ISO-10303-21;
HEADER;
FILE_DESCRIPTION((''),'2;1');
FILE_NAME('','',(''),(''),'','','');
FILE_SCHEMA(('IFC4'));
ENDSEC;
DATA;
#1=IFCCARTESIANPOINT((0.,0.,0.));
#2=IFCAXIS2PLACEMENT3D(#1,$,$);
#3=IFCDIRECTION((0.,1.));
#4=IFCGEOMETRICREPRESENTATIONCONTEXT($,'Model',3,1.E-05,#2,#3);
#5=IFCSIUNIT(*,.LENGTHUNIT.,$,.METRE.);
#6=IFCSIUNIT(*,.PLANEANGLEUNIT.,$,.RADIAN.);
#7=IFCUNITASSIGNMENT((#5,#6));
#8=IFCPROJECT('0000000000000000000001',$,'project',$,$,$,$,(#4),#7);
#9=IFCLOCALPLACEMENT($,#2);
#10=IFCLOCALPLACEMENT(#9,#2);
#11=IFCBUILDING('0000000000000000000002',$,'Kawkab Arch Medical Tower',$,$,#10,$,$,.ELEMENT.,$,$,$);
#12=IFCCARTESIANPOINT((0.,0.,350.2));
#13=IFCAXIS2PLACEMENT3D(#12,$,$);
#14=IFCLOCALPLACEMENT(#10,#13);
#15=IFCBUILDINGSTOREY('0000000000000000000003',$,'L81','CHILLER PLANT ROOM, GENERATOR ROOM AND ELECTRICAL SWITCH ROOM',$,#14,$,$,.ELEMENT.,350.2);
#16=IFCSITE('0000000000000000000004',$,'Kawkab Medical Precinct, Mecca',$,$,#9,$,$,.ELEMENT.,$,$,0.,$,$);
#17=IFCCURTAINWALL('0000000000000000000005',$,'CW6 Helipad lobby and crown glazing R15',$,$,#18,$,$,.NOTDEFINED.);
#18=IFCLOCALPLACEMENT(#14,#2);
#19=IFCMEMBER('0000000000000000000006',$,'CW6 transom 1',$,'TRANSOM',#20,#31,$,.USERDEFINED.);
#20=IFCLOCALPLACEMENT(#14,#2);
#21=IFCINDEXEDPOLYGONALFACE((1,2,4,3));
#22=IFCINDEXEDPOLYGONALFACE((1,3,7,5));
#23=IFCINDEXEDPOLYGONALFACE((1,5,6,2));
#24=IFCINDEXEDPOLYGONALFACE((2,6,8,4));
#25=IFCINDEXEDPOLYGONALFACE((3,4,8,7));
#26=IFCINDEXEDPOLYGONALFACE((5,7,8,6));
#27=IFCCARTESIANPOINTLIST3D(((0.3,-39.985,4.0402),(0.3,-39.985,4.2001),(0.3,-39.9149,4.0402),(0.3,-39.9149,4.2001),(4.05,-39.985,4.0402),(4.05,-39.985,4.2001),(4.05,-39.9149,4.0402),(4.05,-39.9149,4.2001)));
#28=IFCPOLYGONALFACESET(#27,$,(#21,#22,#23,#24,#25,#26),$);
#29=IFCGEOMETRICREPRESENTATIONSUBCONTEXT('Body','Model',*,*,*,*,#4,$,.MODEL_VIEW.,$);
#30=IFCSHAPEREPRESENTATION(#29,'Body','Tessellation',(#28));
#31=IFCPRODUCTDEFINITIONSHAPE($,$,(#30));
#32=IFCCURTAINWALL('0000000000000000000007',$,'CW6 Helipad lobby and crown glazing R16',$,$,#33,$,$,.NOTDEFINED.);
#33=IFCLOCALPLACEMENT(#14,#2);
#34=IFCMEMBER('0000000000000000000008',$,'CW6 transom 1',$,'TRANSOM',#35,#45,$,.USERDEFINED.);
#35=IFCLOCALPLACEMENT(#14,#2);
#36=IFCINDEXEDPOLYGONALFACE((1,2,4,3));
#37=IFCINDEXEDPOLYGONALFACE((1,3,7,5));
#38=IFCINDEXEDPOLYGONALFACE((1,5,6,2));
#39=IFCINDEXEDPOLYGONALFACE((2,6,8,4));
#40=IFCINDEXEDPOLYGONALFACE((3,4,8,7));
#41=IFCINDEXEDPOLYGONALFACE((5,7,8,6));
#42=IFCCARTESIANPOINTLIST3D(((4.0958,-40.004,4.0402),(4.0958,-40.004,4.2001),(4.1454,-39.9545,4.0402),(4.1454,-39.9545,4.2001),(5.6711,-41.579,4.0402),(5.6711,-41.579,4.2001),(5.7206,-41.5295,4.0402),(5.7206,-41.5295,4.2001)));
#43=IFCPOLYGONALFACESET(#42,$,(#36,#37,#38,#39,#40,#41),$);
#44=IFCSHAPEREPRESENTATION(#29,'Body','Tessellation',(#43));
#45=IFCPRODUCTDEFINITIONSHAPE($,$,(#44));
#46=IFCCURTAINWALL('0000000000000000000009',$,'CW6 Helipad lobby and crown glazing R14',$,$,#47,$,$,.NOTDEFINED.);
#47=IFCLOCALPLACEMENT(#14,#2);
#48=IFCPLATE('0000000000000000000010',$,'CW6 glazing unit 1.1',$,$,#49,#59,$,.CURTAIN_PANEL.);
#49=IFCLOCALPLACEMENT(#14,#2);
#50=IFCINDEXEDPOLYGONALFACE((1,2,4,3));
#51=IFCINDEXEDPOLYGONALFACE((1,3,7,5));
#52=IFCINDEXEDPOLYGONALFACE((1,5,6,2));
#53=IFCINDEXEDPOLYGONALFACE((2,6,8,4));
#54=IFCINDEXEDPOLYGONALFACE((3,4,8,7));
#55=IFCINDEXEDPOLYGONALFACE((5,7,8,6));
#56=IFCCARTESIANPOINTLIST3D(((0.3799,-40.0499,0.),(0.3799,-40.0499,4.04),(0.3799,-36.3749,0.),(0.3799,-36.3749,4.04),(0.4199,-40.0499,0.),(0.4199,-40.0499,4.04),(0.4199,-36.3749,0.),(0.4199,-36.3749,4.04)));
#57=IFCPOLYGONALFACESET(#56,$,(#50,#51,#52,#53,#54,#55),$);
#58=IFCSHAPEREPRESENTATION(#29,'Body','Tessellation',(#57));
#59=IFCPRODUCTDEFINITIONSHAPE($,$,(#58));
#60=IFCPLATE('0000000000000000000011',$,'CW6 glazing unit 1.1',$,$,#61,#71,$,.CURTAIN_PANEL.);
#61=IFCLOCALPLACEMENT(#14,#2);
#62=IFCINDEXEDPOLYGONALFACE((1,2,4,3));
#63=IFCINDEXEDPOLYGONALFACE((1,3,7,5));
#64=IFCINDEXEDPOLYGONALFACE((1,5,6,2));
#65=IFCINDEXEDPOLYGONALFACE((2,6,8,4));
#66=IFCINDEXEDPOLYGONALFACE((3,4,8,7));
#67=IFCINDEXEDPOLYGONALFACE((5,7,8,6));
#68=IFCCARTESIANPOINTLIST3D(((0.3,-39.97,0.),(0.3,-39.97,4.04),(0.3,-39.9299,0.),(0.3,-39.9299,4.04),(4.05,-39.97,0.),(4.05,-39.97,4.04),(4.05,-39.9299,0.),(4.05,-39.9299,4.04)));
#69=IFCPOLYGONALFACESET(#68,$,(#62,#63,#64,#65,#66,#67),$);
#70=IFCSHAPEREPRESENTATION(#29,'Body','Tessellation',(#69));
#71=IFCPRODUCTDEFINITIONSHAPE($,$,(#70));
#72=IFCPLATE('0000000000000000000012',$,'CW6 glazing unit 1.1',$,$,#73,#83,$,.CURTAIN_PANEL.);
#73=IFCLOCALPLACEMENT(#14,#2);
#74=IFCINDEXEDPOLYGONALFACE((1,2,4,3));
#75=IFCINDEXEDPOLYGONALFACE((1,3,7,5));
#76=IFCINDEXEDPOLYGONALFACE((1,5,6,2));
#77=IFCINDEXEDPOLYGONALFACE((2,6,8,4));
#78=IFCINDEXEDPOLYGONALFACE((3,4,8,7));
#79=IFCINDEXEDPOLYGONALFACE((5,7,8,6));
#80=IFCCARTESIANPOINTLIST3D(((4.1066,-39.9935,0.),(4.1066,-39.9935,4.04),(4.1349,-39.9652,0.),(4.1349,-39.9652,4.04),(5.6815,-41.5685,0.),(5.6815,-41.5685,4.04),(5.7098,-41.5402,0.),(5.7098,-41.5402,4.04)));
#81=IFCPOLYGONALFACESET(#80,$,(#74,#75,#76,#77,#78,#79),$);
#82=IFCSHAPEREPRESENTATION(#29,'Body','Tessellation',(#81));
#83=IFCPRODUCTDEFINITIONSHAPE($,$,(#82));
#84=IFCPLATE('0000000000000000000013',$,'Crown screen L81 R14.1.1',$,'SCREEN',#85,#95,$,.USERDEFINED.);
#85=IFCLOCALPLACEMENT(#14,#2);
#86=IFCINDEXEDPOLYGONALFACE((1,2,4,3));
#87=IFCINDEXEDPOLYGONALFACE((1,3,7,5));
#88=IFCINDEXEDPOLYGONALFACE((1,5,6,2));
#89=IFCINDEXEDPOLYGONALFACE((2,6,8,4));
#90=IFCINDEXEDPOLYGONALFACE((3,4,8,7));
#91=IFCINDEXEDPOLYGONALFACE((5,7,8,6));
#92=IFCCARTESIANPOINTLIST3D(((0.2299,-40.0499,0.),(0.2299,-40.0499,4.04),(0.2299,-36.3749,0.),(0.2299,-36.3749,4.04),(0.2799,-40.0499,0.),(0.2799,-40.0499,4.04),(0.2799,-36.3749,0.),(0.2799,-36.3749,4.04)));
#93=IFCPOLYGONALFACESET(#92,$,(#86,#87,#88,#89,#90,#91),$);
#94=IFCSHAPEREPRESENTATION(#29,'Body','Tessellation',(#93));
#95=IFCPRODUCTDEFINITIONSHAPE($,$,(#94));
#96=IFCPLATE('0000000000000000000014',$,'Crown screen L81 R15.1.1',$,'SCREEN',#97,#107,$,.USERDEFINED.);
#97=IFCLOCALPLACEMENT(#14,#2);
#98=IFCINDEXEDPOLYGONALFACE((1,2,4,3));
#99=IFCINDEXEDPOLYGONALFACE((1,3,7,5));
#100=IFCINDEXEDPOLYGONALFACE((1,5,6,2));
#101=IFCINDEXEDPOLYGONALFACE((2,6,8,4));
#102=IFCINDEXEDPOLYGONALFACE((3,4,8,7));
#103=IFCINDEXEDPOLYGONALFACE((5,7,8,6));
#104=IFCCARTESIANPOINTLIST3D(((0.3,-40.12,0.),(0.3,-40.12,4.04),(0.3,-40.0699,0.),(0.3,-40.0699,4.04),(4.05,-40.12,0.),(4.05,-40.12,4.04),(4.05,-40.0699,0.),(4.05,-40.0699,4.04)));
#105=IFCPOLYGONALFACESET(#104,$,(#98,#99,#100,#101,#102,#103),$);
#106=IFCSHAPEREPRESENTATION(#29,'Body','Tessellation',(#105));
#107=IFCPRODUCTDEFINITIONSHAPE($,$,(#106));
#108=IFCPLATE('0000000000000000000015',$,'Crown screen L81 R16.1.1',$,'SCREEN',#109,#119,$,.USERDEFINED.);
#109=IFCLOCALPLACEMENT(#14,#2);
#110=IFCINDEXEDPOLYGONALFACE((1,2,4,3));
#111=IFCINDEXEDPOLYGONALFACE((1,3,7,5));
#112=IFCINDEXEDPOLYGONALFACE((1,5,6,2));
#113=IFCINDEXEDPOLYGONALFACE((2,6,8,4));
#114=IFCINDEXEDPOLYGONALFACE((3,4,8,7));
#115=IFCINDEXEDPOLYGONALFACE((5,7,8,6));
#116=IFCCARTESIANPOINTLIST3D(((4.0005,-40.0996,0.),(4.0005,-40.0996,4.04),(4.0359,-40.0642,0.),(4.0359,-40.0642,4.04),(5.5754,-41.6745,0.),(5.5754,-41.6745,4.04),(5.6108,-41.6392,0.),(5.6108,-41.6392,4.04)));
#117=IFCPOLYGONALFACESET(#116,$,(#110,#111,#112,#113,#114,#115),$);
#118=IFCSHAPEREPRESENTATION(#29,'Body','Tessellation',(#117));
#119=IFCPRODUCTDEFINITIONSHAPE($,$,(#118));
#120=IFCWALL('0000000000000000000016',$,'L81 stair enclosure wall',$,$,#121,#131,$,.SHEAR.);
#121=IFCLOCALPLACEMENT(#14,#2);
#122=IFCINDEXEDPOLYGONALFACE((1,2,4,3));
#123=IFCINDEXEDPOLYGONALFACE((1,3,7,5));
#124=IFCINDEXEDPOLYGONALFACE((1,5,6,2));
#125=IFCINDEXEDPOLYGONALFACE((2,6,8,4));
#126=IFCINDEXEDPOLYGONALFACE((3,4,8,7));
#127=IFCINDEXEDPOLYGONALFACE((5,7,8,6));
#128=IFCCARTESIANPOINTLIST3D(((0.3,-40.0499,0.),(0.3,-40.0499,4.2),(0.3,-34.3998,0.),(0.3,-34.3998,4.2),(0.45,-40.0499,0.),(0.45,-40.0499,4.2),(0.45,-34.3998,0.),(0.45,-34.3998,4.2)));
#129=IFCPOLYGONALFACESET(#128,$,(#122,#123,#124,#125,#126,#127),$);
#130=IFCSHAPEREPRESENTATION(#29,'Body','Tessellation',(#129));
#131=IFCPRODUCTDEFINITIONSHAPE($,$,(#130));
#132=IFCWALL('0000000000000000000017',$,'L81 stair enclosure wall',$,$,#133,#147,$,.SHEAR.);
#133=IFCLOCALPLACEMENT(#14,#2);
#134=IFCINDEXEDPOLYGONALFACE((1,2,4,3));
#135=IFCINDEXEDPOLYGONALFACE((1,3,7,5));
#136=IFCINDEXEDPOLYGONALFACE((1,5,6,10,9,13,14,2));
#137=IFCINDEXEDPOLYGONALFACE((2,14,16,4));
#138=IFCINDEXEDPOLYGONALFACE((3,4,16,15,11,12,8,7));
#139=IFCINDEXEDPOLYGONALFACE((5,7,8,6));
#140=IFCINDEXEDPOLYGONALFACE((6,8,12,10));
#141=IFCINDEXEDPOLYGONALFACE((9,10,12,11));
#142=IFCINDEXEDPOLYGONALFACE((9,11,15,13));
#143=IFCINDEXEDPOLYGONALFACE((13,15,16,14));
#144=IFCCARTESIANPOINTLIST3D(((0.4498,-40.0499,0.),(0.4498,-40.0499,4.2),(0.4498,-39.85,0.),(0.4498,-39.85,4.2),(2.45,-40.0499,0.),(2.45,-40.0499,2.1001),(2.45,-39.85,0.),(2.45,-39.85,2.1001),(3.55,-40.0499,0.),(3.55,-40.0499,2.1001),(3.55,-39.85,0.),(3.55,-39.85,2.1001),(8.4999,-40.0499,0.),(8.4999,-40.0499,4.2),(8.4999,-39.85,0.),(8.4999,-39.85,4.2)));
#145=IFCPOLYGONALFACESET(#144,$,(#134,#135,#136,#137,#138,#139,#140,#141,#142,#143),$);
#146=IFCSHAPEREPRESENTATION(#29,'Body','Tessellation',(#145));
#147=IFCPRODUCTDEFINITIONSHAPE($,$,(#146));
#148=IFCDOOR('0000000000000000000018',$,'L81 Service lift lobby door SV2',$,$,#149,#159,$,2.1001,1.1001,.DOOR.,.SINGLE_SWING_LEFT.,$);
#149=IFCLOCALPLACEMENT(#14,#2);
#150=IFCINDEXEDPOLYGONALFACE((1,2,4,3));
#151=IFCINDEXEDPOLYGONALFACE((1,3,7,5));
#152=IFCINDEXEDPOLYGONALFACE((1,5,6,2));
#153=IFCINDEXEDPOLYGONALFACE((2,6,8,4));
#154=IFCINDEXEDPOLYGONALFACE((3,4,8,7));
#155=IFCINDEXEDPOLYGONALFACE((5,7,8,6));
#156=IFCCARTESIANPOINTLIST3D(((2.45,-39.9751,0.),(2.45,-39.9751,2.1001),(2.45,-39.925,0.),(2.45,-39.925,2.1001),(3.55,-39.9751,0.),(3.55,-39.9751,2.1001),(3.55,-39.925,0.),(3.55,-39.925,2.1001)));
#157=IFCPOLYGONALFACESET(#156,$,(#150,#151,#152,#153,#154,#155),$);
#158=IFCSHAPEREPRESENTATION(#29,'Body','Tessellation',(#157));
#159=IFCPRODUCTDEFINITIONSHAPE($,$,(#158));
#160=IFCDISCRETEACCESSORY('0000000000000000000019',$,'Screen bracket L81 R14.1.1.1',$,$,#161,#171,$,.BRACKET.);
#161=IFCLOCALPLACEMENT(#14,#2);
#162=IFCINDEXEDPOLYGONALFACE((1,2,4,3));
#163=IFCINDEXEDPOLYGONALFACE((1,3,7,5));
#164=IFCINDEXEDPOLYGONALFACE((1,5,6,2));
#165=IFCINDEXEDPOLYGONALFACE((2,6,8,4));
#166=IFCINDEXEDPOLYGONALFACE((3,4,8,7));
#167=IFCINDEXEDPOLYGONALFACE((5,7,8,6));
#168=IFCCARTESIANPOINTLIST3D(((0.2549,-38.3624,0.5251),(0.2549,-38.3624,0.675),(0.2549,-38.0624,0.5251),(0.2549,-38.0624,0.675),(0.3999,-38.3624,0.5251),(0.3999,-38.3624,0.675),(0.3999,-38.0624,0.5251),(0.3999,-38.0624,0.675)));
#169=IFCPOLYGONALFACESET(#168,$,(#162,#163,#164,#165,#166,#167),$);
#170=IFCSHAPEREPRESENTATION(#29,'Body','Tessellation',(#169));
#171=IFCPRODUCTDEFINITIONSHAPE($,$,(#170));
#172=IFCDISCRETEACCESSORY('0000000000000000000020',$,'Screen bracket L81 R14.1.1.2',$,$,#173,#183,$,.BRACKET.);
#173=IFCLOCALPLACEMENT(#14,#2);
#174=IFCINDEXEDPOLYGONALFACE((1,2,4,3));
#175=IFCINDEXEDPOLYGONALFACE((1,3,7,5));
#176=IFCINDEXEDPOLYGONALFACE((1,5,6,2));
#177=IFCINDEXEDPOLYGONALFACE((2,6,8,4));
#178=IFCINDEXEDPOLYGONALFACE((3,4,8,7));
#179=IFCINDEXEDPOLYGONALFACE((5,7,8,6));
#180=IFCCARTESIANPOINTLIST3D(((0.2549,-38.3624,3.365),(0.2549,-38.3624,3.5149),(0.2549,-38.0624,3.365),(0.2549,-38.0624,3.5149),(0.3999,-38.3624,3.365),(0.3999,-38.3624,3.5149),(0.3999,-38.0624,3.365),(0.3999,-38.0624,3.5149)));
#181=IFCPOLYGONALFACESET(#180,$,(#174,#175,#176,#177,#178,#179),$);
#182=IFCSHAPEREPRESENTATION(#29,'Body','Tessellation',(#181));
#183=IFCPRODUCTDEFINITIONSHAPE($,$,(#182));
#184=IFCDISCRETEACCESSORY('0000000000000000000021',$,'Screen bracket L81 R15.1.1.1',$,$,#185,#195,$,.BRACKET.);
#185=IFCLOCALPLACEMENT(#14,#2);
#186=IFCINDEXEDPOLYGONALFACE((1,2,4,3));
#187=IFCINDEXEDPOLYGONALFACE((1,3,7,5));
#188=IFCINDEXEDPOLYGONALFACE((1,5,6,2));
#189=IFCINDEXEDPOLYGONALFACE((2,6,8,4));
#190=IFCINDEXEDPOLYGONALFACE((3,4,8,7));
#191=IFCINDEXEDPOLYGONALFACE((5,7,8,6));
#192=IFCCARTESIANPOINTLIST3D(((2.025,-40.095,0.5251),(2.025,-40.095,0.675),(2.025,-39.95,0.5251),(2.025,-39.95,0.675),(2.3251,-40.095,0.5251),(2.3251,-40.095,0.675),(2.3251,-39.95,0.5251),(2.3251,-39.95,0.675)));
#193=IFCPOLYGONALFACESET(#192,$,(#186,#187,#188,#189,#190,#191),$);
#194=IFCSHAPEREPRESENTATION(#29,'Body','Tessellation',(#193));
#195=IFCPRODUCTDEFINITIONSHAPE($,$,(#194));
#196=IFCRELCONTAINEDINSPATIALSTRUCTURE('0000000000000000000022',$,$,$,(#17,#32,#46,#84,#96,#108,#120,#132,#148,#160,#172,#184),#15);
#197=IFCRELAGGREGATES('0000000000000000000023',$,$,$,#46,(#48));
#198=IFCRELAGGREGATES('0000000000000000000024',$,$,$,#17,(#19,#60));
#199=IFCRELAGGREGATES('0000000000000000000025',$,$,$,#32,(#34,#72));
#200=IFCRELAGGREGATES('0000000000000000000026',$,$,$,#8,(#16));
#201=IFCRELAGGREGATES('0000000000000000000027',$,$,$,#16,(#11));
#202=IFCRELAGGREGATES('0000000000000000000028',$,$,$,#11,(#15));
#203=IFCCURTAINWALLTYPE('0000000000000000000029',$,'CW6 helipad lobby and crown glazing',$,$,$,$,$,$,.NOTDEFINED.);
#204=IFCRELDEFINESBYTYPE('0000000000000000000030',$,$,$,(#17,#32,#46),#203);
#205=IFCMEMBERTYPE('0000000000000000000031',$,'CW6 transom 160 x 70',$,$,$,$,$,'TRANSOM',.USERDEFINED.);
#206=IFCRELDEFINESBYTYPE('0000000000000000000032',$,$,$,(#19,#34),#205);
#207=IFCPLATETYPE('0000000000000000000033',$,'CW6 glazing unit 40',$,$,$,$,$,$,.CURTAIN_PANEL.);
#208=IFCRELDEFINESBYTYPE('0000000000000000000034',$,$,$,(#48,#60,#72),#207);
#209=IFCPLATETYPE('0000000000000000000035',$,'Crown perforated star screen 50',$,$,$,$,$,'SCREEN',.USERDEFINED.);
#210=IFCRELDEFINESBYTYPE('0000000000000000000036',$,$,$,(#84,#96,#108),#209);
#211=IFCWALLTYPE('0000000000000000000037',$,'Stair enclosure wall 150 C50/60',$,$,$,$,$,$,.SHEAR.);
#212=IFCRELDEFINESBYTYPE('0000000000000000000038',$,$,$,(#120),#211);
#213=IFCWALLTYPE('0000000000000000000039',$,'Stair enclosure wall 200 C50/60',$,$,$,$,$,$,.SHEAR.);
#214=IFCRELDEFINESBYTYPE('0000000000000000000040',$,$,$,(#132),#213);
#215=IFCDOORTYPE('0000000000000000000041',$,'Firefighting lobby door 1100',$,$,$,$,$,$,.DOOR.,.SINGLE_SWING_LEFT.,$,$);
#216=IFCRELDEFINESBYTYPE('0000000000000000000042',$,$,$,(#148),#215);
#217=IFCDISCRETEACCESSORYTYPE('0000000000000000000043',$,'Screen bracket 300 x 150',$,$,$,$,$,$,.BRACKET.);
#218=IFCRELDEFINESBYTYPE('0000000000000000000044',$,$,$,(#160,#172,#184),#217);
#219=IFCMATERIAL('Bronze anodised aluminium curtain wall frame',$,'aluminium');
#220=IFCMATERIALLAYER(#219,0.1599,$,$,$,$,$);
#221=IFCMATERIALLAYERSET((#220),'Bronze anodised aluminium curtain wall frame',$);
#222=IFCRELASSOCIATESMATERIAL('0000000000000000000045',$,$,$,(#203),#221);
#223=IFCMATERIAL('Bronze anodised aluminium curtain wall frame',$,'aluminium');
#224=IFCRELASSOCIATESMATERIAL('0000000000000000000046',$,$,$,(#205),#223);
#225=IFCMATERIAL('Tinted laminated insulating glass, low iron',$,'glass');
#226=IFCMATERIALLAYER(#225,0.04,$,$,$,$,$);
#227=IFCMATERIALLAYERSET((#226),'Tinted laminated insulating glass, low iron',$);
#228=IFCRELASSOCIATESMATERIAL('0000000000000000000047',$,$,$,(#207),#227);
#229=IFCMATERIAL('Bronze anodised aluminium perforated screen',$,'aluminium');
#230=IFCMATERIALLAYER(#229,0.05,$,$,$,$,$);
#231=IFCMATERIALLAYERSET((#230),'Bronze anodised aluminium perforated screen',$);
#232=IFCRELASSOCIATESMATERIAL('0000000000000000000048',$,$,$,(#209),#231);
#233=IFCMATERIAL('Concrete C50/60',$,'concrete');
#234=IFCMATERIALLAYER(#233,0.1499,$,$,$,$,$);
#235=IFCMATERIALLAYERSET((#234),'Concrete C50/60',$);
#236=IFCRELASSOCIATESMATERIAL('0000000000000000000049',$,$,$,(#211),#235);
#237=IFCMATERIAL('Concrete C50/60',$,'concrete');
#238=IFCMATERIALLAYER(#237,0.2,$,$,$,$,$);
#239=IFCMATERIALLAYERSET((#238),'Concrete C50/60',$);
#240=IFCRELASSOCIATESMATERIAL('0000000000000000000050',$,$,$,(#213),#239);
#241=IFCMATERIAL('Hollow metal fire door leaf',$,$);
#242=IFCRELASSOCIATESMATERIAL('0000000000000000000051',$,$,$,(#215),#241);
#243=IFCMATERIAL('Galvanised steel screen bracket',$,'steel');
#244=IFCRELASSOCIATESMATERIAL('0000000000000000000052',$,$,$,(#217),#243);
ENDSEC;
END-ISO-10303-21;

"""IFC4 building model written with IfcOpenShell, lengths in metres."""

from ifc_helpers import new_model, si_unit, direction, frame, frame_2d, origin, origin_2d, place, context, subcontext, project, spatial, rectangle, extrude, material, layer, layer_set, material_profile, profile_set, type_object, element, fill, aggregate, save


model = new_model("IFC4")

# Units and contexts
model_context = context("Model", 3, precision=1e-05, world=origin(), true_north=direction((0.0, 1.0)))
body_context = subcontext(model_context, "Body", "Model", "MODEL_VIEW")
ifc_project = project(units=[si_unit("LENGTHUNIT", "METRE"), si_unit("PLANEANGLEUNIT", "RADIAN")], contexts=[model_context])

# Site, building, storey
site_placement = place(None, origin())
site = spatial("IfcSite", under=ifc_project, at=site_placement, Name="Kawkab Medical Precinct, Mecca", CompositionType="ELEMENT", RefElevation=0.0)
building_placement = place(site_placement, origin())
building = spatial("IfcBuilding", under=site, at=building_placement, Name="Kawkab Arch Medical Tower", CompositionType="ELEMENT")
storey_placement = place(building_placement, frame((0.0, 0.0, 350.2)))
storey = spatial("IfcBuildingStorey", under=building, at=storey_placement, Name="L81", Description="CHILLER PLANT ROOM, GENERATOR ROOM AND ELECTRICAL SWITCH ROOM", CompositionType="ELEMENT", Elevation=350.2)

# Curtain walls, members
ifc_material_1 = material(Name="Bronze anodised aluminium curtain wall frame", Category="aluminium")
ifc_layer_1 = layer(ifc_material_1, 0.1599)
ifc_layer_set_1 = layer_set([ifc_layer_1], Name="Bronze anodised aluminium curtain wall frame")
curtain_wall_type = type_object("IfcCurtainWallType", Name="CW6 helipad lobby and crown glazing", PredefinedType="NOTDEFINED", material=ifc_layer_set_1)
placement = place(storey_placement, origin())
curtain_wall_1 = element("IfcCurtainWall", 1, at=placement, inside=storey, type_object=curtain_wall_type, Name="CW6 Helipad lobby and crown glazing R15", PredefinedType="NOTDEFINED")
ifc_material_2 = material(Name="Bronze anodised aluminium curtain wall frame", Category="aluminium")
ifc_material_profile = material_profile(ifc_material_2, rectangle(XDim=0.0701, YDim=0.1599, at=origin_2d()), Name="AL 70x160")
ifc_profile_set = profile_set([ifc_material_profile], Name="Bronze anodised aluminium curtain wall frame")
member_type = type_object("IfcMemberType", Name="CW6 transom 160 x 70", ElementType="TRANSOM", PredefinedType="USERDEFINED", material=ifc_profile_set)
member_1_placement = place(storey_placement, frame((0.3, -39.95, 4.1201), z_axis=(1.0, 0.0, 0.0), x_axis=(0.0, 1.0, 0.0)))
member_1 = element("IfcMember", 2, at=member_1_placement, type_object=member_type, Name="CW6 transom 1", ObjectType="TRANSOM", PredefinedType="USERDEFINED", context=body_context, shape_type="SweptSolid", body=[
    extrude(rectangle(XDim=0.0701, YDim=0.1599, at=origin_2d()), origin(), (0.0, 0.0, 1.0), 3.75),
])
curtain_wall_2 = element("IfcCurtainWall", 3, at=placement, inside=storey, type_object=curtain_wall_type, Name="CW6 Helipad lobby and crown glazing R16", PredefinedType="NOTDEFINED")
member_2_placement = place(storey_placement, frame((4.1206, -39.9792, 4.1201), z_axis=(0.707162, -0.707052, 0.0), x_axis=(0.707052, 0.707162, 0.0)))
member_2 = element("IfcMember", 4, at=member_2_placement, type_object=member_type, Name="CW6 transom 1", ObjectType="TRANSOM", PredefinedType="USERDEFINED", context=body_context, shape_type="SweptSolid", body=[
    extrude(rectangle(XDim=0.0701, YDim=0.1599, at=origin_2d()), origin(), (0.0, 0.0, 1.0), 2.2275),
])

# Curtain wall, plate
curtain_wall_3 = element("IfcCurtainWall", 5, at=placement, inside=storey, type_object=curtain_wall_type, Name="CW6 Helipad lobby and crown glazing R14", PredefinedType="NOTDEFINED")
ifc_material_3 = material(Name="Tinted laminated insulating glass, low iron", Category="glass")
ifc_layer_2 = layer(ifc_material_3, 0.04)
ifc_layer_set_2 = layer_set([ifc_layer_2], Name="Tinted laminated insulating glass, low iron")
plate_type_1 = type_object("IfcPlateType", Name="CW6 glazing unit 40", PredefinedType="CURTAIN_PANEL", material=ifc_layer_set_2)
plate_1_placement = place(storey_placement, frame((0.3999, -38.2124, 0.0), z_axis=(0.0, 0.0, 1.0), x_axis=(0.0, -1.0, 0.0)))
plate_1 = element("IfcPlate", 6, at=plate_1_placement, type_object=plate_type_1, Name="CW6 glazing unit 1.1", PredefinedType="CURTAIN_PANEL", context=body_context, shape_type="SweptSolid", body=[
    extrude(rectangle(XDim=3.675, YDim=0.04, at=origin_2d()), origin(), (0.0, 0.0, 1.0), 4.04),
])
aggregate(curtain_wall_3, [plate_1])

# Plates
plate_2_placement = place(storey_placement, frame((2.175, -39.95, 0.0), z_axis=(0.0, 0.0, 1.0), x_axis=(1.0, 0.0, 0.0)))
plate_2 = element("IfcPlate", 7, at=plate_2_placement, type_object=plate_type_1, Name="CW6 glazing unit 1.1", PredefinedType="CURTAIN_PANEL", context=body_context, shape_type="SweptSolid", body=[
    extrude(rectangle(XDim=3.75, YDim=0.04, at=origin_2d()), origin(), (0.0, 0.0, 1.0), 4.04),
])
aggregate(curtain_wall_1, [member_1, plate_2])
plate_3_placement = place(storey_placement, frame((4.9082, -40.7668, 0.0), z_axis=(0.0, 0.0, 1.0), x_axis=(0.707107, -0.707107, 0.0)))
plate_3 = element("IfcPlate", 8, at=plate_3_placement, type_object=plate_type_1, Name="CW6 glazing unit 1.1", PredefinedType="CURTAIN_PANEL", context=body_context, shape_type="SweptSolid", body=[
    extrude(rectangle(XDim=2.2273, YDim=0.04, at=origin_2d()), origin(), (0.0, 0.0, 1.0), 4.04),
])
aggregate(curtain_wall_2, [member_2, plate_3])

# Plates
ifc_material_4 = material(Name="Bronze anodised aluminium perforated screen", Category="aluminium")
ifc_layer_3 = layer(ifc_material_4, 0.05)
ifc_layer_set_3 = layer_set([ifc_layer_3], Name="Bronze anodised aluminium perforated screen")
plate_type_2 = type_object("IfcPlateType", Name="Crown perforated star screen 50", ElementType="SCREEN", PredefinedType="USERDEFINED", material=ifc_layer_set_3)
plate_4_placement = place(storey_placement, frame((0.2549, -38.2124, 0.0), z_axis=(0.0, 0.0, 1.0), x_axis=(0.0, -1.0, 0.0)))
element("IfcPlate", 9, at=plate_4_placement, inside=storey, type_object=plate_type_2, Name="Crown screen L81 R14.1.1", ObjectType="SCREEN", PredefinedType="USERDEFINED", context=body_context, shape_type="SweptSolid", body=[
    extrude(rectangle(XDim=3.675, YDim=0.05, at=origin_2d()), origin(), (0.0, 0.0, 1.0), 4.04),
])
plate_5_placement = place(storey_placement, frame((2.175, -40.095, 0.0), z_axis=(0.0, 0.0, 1.0), x_axis=(1.0, 0.0, 0.0)))
element("IfcPlate", 10, at=plate_5_placement, inside=storey, type_object=plate_type_2, Name="Crown screen L81 R15.1.1", ObjectType="SCREEN", PredefinedType="USERDEFINED", context=body_context, shape_type="SweptSolid", body=[
    extrude(rectangle(XDim=3.75, YDim=0.05, at=origin_2d()), origin(), (0.0, 0.0, 1.0), 4.04),
])
plate_6_placement = place(storey_placement, frame((4.8057, -40.8694, 0.0), z_axis=(0.0, 0.0, 1.0), x_axis=(0.707107, -0.707107, 0.0)))
element("IfcPlate", 11, at=plate_6_placement, inside=storey, type_object=plate_type_2, Name="Crown screen L81 R16.1.1", ObjectType="SCREEN", PredefinedType="USERDEFINED", context=body_context, shape_type="SweptSolid", body=[
    extrude(rectangle(XDim=2.2273, YDim=0.05, at=origin_2d()), origin(), (0.0, 0.0, 1.0), 4.04),
])

# Wall
ifc_material_5 = material(Name="Concrete C50/60", Category="concrete")
ifc_layer_4 = layer(ifc_material_5, 0.1499)
ifc_layer_set_4 = layer_set([ifc_layer_4], Name="Concrete C50/60")
wall_type_1 = type_object("IfcWallType", Name="Stair enclosure wall 150 C50/60", PredefinedType="SHEAR", material=ifc_layer_set_4)
wall_1_placement = place(storey_placement, frame((0.375, -40.05, 0.0), z_axis=(0.0, 0.0, 1.0), x_axis=(0.0, 1.0, 0.0)))
element("IfcWall", 12, at=wall_1_placement, inside=storey, type_object=wall_type_1, Name="L81 stair enclosure wall", PredefinedType="SHEAR", context=body_context, shape_type="SweptSolid", body=[
    extrude(rectangle(XDim=5.6501, YDim=0.1499, at=frame_2d((2.8252, 0.0))), origin(), (0.0, 0.0, 1.0), 4.2),
])

# Wall, opening, door
ifc_material_6 = material(Name="Concrete C50/60", Category="concrete")
ifc_layer_5 = layer(ifc_material_6, 0.2)
ifc_layer_set_5 = layer_set([ifc_layer_5], Name="Concrete C50/60")
wall_type_2 = type_object("IfcWallType", Name="Stair enclosure wall 200 C50/60", PredefinedType="SHEAR", material=ifc_layer_set_5)
wall_2_placement = place(storey_placement, frame((0.45, -39.95, 0.0), z_axis=(0.0, 0.0, 1.0), x_axis=(1.0, 0.0, 0.0)))
wall_2 = element("IfcWall", 13, at=wall_2_placement, inside=storey, type_object=wall_type_2, Name="L81 stair enclosure wall", PredefinedType="SHEAR", context=body_context, shape_type="SweptSolid", body=[
    extrude(rectangle(XDim=8.05, YDim=0.2, at=frame_2d((4.0249, 0.0))), origin(), (0.0, 0.0, 1.0), 4.2),
])
opening_placement = place(wall_2_placement, frame((2.0, 0.0, 0.0)))
opening = element("IfcOpeningElement", 14, at=opening_placement, cuts=wall_2, PredefinedType="OPENING", context=body_context, shape_type="SweptSolid", body=[
    extrude(rectangle(XDim=1.1001, YDim=2.1001, at=frame_2d((0.55, 1.05))), frame((0.0, 0.1099, 0.0), z_axis=(0.0, -1.0, 0.0), x_axis=(1.0, 0.0, 0.0)), (0.0, 0.0, 1.0), 0.22),
])
ifc_material_7 = material(Name="Hollow metal fire door leaf")
door_type = type_object("IfcDoorType", Name="Firefighting lobby door 1100", OperationType="SINGLE_SWING_LEFT", PredefinedType="DOOR", material=ifc_material_7)
door_placement = place(opening_placement, origin())
door = element("IfcDoor", 15, at=door_placement, inside=storey, type_object=door_type, Name="L81 Service lift lobby door SV2", OperationType="SINGLE_SWING_LEFT", OverallHeight=2.1001, OverallWidth=1.1001, PredefinedType="DOOR", context=body_context, shape_type="SweptSolid", body=[
    extrude(rectangle(XDim=1.1001, YDim=2.1001, at=frame_2d((0.55, 1.05))), frame((0.0, 0.0249, 0.0), z_axis=(0.0, -1.0, 0.0), x_axis=(1.0, 0.0, 0.0)), (0.0, 0.0, 1.0), 0.05),
])
fill(opening, door)

# Discrete accessories
ifc_material_8 = material(Name="Galvanised steel screen bracket", Category="steel")
discrete_accessory_type = type_object("IfcDiscreteAccessoryType", Name="Screen bracket 300 x 150", PredefinedType="BRACKET", material=ifc_material_8)
for number, where, z_axis, x_axis, name in (
    (16, (0.3274, -38.2124, 0.5251), (0.0, 0.0, 1.0), (0.0, -1.0, 0.0), "Screen bracket L81 R14.1.1.1"),
    (17, (0.3274, -38.2124, 3.365), (0.0, 0.0, 1.0), (0.0, -1.0, 0.0), "Screen bracket L81 R14.1.1.2"),
    (18, (2.175, -40.0225, 0.5251), (0.0, 0.0, 1.0), (1.0, 0.0, 0.0), "Screen bracket L81 R15.1.1.1"),
):
    element("IfcDiscreteAccessory", number, at=place(storey_placement, frame(where, z_axis=z_axis, x_axis=x_axis)), inside=storey, type_object=discrete_accessory_type, Name=name, PredefinedType="BRACKET", context=body_context, shape_type="SweptSolid", body=[
        extrude(rectangle(XDim=0.3, YDim=0.145, at=origin_2d()), origin(), (0.0, 0.0, 1.0), 0.1499),
    ])

save(model, "model.ifc")
